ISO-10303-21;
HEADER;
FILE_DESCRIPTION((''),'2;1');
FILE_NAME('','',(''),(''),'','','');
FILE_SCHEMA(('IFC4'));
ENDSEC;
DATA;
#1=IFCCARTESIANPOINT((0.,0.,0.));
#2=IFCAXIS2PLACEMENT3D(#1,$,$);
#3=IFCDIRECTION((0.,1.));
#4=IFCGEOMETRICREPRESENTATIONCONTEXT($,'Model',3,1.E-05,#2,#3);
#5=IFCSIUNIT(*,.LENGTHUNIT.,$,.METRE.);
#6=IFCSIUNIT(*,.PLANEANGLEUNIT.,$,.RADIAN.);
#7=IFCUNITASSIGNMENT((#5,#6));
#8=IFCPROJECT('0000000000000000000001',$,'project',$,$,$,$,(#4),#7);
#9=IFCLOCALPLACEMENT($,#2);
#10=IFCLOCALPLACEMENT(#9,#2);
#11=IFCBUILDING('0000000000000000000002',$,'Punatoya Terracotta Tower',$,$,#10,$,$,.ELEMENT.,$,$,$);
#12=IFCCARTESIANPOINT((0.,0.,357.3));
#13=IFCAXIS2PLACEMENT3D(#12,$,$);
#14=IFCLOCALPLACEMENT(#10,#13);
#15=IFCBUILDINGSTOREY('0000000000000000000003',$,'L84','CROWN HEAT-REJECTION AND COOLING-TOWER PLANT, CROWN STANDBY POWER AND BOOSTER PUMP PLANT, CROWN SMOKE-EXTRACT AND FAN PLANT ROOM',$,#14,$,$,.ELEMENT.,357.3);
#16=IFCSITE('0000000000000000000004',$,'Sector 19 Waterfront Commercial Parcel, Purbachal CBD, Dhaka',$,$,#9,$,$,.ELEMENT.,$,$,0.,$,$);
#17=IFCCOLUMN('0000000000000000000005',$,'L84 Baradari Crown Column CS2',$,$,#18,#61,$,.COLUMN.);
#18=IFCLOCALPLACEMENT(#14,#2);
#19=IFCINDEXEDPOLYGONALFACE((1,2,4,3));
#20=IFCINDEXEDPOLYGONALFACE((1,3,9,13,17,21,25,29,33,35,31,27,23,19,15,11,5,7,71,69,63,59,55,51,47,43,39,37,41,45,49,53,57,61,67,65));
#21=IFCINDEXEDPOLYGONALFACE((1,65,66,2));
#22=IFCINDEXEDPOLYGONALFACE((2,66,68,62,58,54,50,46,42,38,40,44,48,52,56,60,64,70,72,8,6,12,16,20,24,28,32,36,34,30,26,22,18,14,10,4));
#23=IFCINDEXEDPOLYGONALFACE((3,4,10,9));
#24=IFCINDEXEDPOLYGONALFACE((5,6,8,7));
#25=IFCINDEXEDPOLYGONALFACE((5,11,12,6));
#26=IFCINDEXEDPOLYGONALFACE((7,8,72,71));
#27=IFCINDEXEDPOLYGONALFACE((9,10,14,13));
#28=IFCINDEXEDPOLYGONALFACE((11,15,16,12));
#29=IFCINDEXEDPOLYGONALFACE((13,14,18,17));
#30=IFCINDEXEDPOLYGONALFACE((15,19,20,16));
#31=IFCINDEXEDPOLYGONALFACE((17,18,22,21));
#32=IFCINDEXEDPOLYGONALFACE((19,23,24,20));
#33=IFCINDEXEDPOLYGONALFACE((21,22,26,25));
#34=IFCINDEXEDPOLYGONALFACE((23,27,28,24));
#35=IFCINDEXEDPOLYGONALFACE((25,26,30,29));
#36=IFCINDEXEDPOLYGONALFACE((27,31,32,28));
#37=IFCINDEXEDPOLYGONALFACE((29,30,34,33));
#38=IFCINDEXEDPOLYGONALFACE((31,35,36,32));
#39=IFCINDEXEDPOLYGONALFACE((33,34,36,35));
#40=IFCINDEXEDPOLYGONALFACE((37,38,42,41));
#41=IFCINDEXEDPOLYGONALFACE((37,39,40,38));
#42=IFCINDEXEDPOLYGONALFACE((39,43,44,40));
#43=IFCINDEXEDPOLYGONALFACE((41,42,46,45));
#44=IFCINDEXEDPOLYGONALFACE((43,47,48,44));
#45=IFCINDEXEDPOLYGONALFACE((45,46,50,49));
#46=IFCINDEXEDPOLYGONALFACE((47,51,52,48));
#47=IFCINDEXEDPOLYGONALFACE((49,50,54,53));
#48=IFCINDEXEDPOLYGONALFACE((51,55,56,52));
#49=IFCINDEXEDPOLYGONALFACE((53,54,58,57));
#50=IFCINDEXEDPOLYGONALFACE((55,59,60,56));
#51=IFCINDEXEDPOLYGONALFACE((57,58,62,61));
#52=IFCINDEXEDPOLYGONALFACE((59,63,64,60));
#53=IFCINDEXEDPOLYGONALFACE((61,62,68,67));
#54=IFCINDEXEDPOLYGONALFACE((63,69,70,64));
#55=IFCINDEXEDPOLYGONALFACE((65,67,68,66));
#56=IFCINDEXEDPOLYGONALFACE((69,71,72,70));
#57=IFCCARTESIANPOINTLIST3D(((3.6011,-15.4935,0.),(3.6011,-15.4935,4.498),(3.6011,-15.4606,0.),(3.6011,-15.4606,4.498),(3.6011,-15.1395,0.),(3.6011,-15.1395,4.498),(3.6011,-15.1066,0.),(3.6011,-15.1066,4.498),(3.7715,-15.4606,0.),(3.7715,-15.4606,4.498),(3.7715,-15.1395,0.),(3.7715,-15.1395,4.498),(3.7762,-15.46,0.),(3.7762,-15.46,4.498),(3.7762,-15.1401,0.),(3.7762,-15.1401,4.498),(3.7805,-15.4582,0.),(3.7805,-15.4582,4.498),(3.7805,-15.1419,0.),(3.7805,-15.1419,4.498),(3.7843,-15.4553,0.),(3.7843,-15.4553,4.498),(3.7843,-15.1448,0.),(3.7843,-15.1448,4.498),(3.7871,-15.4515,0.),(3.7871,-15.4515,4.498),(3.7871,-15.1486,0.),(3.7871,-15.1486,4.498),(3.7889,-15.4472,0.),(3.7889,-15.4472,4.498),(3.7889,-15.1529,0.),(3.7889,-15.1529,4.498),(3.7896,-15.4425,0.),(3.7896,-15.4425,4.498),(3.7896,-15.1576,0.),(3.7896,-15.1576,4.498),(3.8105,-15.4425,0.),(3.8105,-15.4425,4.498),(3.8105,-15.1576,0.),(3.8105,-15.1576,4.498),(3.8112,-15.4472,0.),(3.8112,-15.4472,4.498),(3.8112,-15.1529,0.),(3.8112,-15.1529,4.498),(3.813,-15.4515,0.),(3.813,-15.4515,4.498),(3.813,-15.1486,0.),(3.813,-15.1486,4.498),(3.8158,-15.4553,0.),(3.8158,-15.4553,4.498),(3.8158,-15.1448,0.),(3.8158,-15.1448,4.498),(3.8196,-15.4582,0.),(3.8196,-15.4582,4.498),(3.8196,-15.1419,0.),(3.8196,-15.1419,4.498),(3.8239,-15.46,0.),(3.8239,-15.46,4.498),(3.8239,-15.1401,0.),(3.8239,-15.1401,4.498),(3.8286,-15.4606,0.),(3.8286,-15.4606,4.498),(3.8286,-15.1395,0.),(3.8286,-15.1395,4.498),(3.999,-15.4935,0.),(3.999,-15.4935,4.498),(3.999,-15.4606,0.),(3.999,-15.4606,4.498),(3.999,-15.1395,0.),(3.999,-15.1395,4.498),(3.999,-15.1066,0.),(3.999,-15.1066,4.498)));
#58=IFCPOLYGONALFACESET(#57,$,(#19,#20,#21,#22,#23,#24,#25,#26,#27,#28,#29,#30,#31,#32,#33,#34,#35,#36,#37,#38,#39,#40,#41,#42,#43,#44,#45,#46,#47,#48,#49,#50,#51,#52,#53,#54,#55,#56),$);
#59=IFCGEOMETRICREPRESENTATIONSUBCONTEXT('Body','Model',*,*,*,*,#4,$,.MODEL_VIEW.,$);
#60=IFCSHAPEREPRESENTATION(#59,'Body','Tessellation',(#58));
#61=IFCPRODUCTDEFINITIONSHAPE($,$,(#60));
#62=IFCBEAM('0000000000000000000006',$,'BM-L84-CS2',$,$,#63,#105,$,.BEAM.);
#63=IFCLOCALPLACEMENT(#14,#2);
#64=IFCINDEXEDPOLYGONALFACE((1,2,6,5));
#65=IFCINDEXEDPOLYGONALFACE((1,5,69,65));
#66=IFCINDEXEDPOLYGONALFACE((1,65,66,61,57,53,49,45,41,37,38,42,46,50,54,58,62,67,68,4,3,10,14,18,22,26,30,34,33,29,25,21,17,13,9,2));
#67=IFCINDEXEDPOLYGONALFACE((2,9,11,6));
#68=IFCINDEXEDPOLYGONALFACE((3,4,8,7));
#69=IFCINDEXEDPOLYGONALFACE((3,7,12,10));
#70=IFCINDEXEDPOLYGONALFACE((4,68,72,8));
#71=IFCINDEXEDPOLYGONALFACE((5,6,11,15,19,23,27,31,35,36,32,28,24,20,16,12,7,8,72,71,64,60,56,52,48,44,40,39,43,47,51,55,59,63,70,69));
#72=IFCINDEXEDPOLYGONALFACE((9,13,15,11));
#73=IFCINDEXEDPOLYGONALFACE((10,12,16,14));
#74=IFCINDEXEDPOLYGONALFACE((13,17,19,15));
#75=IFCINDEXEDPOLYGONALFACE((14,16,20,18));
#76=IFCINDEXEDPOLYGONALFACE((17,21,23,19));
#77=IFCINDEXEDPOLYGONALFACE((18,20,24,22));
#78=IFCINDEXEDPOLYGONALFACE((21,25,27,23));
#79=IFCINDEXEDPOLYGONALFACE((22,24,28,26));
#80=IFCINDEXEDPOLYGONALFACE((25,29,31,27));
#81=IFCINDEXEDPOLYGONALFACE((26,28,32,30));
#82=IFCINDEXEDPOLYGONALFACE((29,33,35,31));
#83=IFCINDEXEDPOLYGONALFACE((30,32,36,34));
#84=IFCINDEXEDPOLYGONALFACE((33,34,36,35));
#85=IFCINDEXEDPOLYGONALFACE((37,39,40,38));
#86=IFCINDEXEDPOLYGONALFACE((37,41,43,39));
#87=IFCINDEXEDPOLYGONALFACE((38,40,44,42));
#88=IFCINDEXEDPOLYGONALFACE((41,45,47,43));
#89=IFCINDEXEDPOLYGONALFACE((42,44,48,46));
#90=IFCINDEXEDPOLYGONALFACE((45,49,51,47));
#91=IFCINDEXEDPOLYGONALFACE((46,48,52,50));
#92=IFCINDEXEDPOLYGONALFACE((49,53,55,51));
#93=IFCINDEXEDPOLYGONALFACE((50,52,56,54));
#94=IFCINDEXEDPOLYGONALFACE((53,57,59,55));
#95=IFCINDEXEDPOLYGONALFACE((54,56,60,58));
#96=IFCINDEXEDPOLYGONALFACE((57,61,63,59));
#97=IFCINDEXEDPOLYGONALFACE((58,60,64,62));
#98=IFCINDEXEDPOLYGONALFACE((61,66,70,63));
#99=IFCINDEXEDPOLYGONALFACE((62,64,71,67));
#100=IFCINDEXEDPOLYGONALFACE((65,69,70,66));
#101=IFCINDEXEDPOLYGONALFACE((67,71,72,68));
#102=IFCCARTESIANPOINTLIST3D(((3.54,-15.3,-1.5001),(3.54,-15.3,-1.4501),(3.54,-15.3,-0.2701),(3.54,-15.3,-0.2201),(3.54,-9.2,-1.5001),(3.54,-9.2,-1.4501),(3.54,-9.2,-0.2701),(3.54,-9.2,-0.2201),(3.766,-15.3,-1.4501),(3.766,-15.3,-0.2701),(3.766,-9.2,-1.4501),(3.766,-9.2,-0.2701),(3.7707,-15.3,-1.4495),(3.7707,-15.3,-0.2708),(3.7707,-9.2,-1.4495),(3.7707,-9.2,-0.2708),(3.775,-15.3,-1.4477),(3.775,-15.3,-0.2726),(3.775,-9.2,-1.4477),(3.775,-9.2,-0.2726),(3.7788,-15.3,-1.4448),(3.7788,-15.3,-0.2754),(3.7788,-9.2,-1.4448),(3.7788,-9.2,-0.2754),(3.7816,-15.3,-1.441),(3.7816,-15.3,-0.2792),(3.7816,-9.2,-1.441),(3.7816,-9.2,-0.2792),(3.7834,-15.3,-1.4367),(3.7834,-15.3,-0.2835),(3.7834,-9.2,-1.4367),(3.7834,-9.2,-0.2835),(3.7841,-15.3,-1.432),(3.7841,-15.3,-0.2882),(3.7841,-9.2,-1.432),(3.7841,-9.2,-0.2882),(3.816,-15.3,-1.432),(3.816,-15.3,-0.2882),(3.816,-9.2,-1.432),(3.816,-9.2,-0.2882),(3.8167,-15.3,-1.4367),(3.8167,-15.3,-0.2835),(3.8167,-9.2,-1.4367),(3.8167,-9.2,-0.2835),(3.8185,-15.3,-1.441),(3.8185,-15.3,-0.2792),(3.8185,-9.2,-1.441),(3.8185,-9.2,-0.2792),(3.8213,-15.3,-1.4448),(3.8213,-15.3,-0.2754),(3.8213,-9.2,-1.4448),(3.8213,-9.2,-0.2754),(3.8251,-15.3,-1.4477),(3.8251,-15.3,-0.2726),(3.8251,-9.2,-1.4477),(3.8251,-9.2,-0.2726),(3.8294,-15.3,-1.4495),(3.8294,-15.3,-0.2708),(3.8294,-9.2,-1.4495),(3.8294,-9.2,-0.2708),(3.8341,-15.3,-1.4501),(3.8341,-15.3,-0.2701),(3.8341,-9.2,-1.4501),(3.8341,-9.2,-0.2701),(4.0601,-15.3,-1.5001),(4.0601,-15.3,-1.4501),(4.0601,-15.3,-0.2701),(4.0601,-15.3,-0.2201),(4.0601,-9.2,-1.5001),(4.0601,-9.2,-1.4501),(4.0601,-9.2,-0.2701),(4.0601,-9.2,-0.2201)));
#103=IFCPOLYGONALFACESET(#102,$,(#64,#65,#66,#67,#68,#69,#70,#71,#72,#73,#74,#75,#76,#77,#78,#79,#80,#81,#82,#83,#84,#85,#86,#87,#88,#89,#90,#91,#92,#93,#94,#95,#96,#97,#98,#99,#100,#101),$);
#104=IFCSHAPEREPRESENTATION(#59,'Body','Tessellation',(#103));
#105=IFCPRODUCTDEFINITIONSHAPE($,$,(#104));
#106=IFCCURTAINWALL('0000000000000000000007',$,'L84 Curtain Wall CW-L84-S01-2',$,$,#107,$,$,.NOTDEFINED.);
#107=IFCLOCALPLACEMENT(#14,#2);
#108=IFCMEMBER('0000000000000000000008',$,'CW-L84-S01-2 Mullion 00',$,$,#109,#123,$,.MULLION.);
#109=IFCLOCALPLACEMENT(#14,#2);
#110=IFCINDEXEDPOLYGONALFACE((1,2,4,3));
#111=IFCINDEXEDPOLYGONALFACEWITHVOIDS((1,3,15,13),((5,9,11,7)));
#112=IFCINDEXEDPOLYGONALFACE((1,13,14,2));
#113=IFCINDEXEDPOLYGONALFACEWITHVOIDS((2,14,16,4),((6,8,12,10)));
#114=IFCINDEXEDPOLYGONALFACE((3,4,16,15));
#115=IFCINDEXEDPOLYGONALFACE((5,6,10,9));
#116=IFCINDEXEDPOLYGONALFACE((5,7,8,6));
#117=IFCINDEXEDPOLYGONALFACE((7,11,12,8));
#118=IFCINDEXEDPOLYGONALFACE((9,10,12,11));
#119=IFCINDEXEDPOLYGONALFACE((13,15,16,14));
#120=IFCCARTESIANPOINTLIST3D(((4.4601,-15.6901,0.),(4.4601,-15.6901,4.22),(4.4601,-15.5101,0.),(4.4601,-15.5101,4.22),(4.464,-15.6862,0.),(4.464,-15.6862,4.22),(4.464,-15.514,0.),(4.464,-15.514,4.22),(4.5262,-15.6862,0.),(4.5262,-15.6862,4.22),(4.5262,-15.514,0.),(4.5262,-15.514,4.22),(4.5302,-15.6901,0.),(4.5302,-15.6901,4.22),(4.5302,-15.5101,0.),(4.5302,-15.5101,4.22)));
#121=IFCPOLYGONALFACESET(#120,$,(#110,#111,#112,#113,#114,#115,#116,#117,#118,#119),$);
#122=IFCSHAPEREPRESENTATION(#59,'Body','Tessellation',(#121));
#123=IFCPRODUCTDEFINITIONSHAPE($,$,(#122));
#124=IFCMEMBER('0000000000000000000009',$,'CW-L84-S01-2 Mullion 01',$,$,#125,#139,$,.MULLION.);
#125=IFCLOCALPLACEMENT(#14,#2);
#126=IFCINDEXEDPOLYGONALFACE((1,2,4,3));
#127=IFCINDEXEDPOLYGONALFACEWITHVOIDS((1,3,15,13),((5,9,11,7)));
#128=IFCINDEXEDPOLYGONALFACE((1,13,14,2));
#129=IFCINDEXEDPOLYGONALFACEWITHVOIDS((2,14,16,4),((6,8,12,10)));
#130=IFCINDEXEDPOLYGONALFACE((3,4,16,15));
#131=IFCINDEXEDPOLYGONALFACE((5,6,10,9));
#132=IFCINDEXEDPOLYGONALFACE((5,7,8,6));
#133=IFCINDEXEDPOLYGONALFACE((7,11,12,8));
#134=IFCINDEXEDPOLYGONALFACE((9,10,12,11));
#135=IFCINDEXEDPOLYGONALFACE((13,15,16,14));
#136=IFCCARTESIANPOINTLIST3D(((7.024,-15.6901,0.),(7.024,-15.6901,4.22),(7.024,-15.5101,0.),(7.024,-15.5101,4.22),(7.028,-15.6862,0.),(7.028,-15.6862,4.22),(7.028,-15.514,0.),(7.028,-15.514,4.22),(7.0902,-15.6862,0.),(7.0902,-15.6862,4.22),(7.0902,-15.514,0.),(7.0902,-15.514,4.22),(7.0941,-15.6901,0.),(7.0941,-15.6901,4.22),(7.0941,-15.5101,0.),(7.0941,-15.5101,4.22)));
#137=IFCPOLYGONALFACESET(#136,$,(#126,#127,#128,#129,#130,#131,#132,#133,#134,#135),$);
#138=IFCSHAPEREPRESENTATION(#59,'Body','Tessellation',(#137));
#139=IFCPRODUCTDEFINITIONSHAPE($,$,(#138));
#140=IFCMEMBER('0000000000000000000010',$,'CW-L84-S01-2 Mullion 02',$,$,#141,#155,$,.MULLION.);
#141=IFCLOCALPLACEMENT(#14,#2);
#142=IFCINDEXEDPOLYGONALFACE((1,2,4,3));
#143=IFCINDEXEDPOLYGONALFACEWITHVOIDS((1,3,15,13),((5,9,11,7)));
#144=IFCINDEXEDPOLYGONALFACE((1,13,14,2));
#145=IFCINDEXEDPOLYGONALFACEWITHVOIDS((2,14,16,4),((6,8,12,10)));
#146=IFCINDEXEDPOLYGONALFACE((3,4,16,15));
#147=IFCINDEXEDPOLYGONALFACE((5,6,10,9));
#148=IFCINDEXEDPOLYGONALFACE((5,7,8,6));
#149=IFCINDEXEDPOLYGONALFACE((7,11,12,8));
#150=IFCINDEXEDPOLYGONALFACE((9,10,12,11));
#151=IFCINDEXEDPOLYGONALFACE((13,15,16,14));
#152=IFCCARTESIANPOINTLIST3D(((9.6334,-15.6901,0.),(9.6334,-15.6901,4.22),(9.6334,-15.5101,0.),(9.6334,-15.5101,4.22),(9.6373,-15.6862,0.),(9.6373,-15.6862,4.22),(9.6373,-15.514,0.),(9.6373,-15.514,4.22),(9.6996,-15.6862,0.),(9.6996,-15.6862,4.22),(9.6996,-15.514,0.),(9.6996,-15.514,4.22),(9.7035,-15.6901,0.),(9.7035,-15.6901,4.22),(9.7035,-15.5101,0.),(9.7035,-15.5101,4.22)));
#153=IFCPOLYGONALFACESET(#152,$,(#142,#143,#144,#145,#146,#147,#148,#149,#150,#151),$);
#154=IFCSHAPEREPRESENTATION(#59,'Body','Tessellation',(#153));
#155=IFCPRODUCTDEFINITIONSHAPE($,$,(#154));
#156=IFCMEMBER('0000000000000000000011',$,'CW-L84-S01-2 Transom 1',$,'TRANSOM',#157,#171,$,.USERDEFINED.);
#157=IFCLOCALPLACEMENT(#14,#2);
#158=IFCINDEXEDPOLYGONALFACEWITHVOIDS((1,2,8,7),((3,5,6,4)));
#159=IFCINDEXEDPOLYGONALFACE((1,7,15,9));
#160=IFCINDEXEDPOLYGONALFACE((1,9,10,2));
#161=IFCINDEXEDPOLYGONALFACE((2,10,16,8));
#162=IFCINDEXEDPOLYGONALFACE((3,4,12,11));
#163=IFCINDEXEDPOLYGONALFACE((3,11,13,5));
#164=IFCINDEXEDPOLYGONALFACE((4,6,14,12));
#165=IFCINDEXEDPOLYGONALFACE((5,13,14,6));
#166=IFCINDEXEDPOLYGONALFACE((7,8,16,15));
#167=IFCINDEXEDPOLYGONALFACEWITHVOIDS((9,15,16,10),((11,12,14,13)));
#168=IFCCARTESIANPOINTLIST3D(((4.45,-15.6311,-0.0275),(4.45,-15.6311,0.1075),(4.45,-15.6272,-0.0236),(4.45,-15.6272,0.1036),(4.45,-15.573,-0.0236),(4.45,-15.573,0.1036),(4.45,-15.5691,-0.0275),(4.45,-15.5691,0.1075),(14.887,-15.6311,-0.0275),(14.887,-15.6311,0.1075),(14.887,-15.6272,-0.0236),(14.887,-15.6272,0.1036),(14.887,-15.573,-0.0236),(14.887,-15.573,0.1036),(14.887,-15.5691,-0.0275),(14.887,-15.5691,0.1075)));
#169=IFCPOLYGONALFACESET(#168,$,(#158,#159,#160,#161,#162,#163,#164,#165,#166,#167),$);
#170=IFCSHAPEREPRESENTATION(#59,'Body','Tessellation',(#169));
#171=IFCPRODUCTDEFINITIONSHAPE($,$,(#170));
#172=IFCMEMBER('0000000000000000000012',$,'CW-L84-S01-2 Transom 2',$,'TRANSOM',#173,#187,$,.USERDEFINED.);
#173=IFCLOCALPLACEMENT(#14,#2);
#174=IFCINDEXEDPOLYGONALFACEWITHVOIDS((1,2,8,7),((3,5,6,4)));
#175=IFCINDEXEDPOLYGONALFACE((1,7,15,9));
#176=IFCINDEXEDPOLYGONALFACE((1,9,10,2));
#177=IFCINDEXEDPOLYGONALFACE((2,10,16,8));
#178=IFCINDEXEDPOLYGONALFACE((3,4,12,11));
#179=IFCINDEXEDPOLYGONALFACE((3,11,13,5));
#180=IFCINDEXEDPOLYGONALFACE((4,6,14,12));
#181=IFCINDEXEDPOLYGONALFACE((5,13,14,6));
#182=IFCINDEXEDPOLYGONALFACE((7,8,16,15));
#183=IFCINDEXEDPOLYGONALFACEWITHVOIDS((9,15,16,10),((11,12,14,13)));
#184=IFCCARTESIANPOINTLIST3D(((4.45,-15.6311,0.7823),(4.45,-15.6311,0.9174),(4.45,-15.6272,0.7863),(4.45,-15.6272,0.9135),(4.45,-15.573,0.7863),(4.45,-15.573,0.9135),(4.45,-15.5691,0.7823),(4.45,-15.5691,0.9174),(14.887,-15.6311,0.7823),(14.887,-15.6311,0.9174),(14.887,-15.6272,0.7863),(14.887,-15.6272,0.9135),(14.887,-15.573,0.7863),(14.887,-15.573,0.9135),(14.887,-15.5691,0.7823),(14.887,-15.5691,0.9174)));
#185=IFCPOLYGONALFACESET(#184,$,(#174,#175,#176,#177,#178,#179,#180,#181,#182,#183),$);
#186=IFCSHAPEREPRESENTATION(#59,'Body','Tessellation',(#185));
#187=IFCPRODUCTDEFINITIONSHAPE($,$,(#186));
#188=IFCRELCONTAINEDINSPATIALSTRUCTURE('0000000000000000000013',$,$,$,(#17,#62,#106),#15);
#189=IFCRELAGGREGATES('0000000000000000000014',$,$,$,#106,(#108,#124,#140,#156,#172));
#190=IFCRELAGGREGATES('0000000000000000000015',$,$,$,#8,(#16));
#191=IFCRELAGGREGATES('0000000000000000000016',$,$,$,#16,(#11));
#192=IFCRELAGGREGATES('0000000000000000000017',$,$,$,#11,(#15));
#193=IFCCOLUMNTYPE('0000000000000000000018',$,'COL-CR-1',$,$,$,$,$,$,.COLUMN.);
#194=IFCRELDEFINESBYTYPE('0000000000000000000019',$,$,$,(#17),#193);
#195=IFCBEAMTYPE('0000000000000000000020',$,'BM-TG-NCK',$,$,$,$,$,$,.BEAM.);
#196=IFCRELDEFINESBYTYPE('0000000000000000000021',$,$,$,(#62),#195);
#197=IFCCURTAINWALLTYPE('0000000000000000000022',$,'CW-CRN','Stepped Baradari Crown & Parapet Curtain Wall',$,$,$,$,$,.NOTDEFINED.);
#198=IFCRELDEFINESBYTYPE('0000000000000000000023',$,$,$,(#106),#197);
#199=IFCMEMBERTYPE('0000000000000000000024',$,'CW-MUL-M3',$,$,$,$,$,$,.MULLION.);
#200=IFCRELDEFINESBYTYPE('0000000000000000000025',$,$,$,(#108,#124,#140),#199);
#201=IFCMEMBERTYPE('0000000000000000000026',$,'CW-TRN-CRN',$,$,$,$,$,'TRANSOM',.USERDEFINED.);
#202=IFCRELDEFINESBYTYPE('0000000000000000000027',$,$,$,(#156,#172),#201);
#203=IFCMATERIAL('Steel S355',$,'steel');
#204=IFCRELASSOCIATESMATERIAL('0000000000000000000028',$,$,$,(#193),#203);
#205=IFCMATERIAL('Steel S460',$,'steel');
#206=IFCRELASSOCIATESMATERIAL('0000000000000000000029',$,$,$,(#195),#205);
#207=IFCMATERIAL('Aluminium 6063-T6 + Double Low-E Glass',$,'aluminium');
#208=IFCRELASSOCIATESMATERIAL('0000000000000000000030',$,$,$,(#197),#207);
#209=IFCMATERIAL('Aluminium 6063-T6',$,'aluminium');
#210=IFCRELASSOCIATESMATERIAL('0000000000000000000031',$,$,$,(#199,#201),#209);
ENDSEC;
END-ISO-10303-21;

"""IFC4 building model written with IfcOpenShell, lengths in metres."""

from ifc_helpers import new_model, si_unit, direction, frame, origin, origin_2d, place, context, subcontext, project, spatial, hollow_rectangle, i_section, extrude, material, material_profile, profile_set, type_object, element, aggregate, save


model = new_model("IFC4")

# Units and contexts
model_context = context("Model", 3, precision=1e-05, world=origin(), true_north=direction((0.0, 1.0)))
body_context = subcontext(model_context, "Body", "Model", "MODEL_VIEW")
ifc_project = project(units=[si_unit("LENGTHUNIT", "METRE"), si_unit("PLANEANGLEUNIT", "RADIAN")], contexts=[model_context])

# Site, building, storey
site_placement = place(None, origin())
site = spatial("IfcSite", under=ifc_project, at=site_placement, Name="Sector 19 Waterfront Commercial Parcel, Purbachal CBD, Dhaka", CompositionType="ELEMENT", RefElevation=0.0)
building_placement = place(site_placement, origin())
building = spatial("IfcBuilding", under=site, at=building_placement, Name="Punatoya Terracotta Tower", CompositionType="ELEMENT")
storey_placement = place(building_placement, frame((0.0, 0.0, 357.3)))
storey = spatial("IfcBuildingStorey", under=building, at=storey_placement, Name="L84", Description="CROWN HEAT-REJECTION AND COOLING-TOWER PLANT, CROWN STANDBY POWER AND BOOSTER PUMP PLANT, CROWN SMOKE-EXTRACT AND FAN PLANT ROOM", CompositionType="ELEMENT", Elevation=357.3)

# Column
ifc_material_1 = material(Name="Steel S355", Category="steel")
ifc_material_profile_1 = material_profile(ifc_material_1, i_section(OverallWidth=0.3979, OverallDepth=0.387, WebThickness=0.021, FlangeThickness=0.033, FilletRadius=0.0181, at=origin_2d()))
ifc_profile_set_1 = profile_set([ifc_material_profile_1], Name="Steel S355")
column_type = type_object("IfcColumnType", Name="COL-CR-1", PredefinedType="COLUMN", material=ifc_profile_set_1)
column_placement = place(storey_placement, frame((3.8, -15.3, 0.0), z_axis=(0.0, 0.0, 1.0), x_axis=(1.0, 0.0, 0.0)))
element("IfcColumn", 1, at=column_placement, inside=storey, type_object=column_type, Name="L84 Baradari Crown Column CS2", PredefinedType="COLUMN", context=body_context, shape_type="SweptSolid", body=[
    extrude(i_section(OverallWidth=0.3979, OverallDepth=0.387, WebThickness=0.021, FlangeThickness=0.033, FilletRadius=0.0181, at=origin_2d()), origin(), (0.0, 0.0, 1.0), 4.498),
])

# Beam
ifc_material_2 = material(Name="Steel S460", Category="steel")
ifc_material_profile_2 = material_profile(ifc_material_2, i_section(OverallWidth=0.52, OverallDepth=1.28, WebThickness=0.032, FlangeThickness=0.05, FilletRadius=0.0181, at=origin_2d()))
ifc_profile_set_2 = profile_set([ifc_material_profile_2], Name="Steel S460")
beam_type = type_object("IfcBeamType", Name="BM-TG-NCK", PredefinedType="BEAM", material=ifc_profile_set_2)
beam_placement = place(storey_placement, frame((3.8, -15.3, -0.8601), z_axis=(0.0, 1.0, 0.0), x_axis=(-1.0, 0.0, 0.0)))
element("IfcBeam", 2, at=beam_placement, inside=storey, type_object=beam_type, Name="BM-L84-CS2", PredefinedType="BEAM", context=body_context, shape_type="SweptSolid", body=[
    extrude(i_section(OverallWidth=0.52, OverallDepth=1.28, WebThickness=0.032, FlangeThickness=0.05, FilletRadius=0.0181, at=origin_2d()), origin(), (0.0, 0.0, 1.0), 6.1001),
])

# Curtain wall, members
ifc_material_3 = material(Name="Aluminium 6063-T6 + Double Low-E Glass", Category="aluminium")
curtain_wall_type = type_object("IfcCurtainWallType", Name="CW-CRN", Description="Stepped Baradari Crown & Parapet Curtain Wall", PredefinedType="NOTDEFINED", material=ifc_material_3)
curtain_wall_placement = place(storey_placement, origin())
curtain_wall = element("IfcCurtainWall", 3, at=curtain_wall_placement, inside=storey, type_object=curtain_wall_type, Name="L84 Curtain Wall CW-L84-S01-2", PredefinedType="NOTDEFINED")
ifc_material_4 = material(Name="Aluminium 6063-T6", Category="aluminium")
ifc_material_profile_3 = material_profile(ifc_material_4, hollow_rectangle(XDim=0.0701, YDim=0.1799, WallThickness=0.0039, at=origin_2d()))
ifc_profile_set_3 = profile_set([ifc_material_profile_3], Name="Aluminium 6063-T6")
member_type_1 = type_object("IfcMemberType", Name="CW-MUL-M3", PredefinedType="MULLION", material=ifc_profile_set_3)
member_1_placement = place(storey_placement, frame((4.4951, -15.6001, 0.0), z_axis=(0.0, 0.0, 1.0), x_axis=(1.0, 0.0, 0.0)))
member_1 = element("IfcMember", 4, at=member_1_placement, type_object=member_type_1, Name="CW-L84-S01-2 Mullion 00", PredefinedType="MULLION", context=body_context, shape_type="SweptSolid", body=[
    extrude(hollow_rectangle(XDim=0.0701, YDim=0.1799, WallThickness=0.0039, at=origin_2d()), origin(), (0.0, 0.0, 1.0), 4.22),
])
member_2_placement = place(storey_placement, frame((7.0591, -15.6001, 0.0), z_axis=(0.0, 0.0, 1.0), x_axis=(1.0, 0.0, 0.0)))
member_2 = element("IfcMember", 5, at=member_2_placement, type_object=member_type_1, Name="CW-L84-S01-2 Mullion 01", PredefinedType="MULLION", context=body_context, shape_type="SweptSolid", body=[
    extrude(hollow_rectangle(XDim=0.0701, YDim=0.1799, WallThickness=0.0039, at=origin_2d()), origin(), (0.0, 0.0, 1.0), 4.22),
])
member_3_placement = place(storey_placement, frame((9.6685, -15.6001, 0.0), z_axis=(0.0, 0.0, 1.0), x_axis=(1.0, 0.0, 0.0)))
member_3 = element("IfcMember", 6, at=member_3_placement, type_object=member_type_1, Name="CW-L84-S01-2 Mullion 02", PredefinedType="MULLION", context=body_context, shape_type="SweptSolid", body=[
    extrude(hollow_rectangle(XDim=0.0701, YDim=0.1799, WallThickness=0.0039, at=origin_2d()), origin(), (0.0, 0.0, 1.0), 4.22),
])
ifc_material_profile_4 = material_profile(ifc_material_4, hollow_rectangle(XDim=0.062, YDim=0.135, WallThickness=0.0039, at=origin_2d()))
ifc_profile_set_4 = profile_set([ifc_material_profile_4], Name="Aluminium 6063-T6")
member_type_2 = type_object("IfcMemberType", Name="CW-TRN-CRN", ElementType="TRANSOM", PredefinedType="USERDEFINED", material=ifc_profile_set_4)
member_4_placement = place(storey_placement, frame((4.45, -15.6001, 0.04), z_axis=(1.0, 0.0, 0.0), x_axis=(0.0, 1.0, 0.0)))
member_4 = element("IfcMember", 7, at=member_4_placement, type_object=member_type_2, Name="CW-L84-S01-2 Transom 1", ObjectType="TRANSOM", PredefinedType="USERDEFINED", context=body_context, shape_type="SweptSolid", body=[
    extrude(hollow_rectangle(XDim=0.062, YDim=0.135, WallThickness=0.0039, at=origin_2d()), origin(), (0.0, 0.0, 1.0), 10.437),
])
member_5_placement = place(storey_placement, frame((4.45, -15.6001, 0.8499), z_axis=(1.0, 0.0, 0.0), x_axis=(0.0, 1.0, 0.0)))
member_5 = element("IfcMember", 8, at=member_5_placement, type_object=member_type_2, Name="CW-L84-S01-2 Transom 2", ObjectType="TRANSOM", PredefinedType="USERDEFINED", context=body_context, shape_type="SweptSolid", body=[
    extrude(hollow_rectangle(XDim=0.062, YDim=0.135, WallThickness=0.0039, at=origin_2d()), origin(), (0.0, 0.0, 1.0), 10.437),
])

aggregate(curtain_wall, [member_1, member_2, member_3, member_4, member_5])

save(model, "model.ifc")
